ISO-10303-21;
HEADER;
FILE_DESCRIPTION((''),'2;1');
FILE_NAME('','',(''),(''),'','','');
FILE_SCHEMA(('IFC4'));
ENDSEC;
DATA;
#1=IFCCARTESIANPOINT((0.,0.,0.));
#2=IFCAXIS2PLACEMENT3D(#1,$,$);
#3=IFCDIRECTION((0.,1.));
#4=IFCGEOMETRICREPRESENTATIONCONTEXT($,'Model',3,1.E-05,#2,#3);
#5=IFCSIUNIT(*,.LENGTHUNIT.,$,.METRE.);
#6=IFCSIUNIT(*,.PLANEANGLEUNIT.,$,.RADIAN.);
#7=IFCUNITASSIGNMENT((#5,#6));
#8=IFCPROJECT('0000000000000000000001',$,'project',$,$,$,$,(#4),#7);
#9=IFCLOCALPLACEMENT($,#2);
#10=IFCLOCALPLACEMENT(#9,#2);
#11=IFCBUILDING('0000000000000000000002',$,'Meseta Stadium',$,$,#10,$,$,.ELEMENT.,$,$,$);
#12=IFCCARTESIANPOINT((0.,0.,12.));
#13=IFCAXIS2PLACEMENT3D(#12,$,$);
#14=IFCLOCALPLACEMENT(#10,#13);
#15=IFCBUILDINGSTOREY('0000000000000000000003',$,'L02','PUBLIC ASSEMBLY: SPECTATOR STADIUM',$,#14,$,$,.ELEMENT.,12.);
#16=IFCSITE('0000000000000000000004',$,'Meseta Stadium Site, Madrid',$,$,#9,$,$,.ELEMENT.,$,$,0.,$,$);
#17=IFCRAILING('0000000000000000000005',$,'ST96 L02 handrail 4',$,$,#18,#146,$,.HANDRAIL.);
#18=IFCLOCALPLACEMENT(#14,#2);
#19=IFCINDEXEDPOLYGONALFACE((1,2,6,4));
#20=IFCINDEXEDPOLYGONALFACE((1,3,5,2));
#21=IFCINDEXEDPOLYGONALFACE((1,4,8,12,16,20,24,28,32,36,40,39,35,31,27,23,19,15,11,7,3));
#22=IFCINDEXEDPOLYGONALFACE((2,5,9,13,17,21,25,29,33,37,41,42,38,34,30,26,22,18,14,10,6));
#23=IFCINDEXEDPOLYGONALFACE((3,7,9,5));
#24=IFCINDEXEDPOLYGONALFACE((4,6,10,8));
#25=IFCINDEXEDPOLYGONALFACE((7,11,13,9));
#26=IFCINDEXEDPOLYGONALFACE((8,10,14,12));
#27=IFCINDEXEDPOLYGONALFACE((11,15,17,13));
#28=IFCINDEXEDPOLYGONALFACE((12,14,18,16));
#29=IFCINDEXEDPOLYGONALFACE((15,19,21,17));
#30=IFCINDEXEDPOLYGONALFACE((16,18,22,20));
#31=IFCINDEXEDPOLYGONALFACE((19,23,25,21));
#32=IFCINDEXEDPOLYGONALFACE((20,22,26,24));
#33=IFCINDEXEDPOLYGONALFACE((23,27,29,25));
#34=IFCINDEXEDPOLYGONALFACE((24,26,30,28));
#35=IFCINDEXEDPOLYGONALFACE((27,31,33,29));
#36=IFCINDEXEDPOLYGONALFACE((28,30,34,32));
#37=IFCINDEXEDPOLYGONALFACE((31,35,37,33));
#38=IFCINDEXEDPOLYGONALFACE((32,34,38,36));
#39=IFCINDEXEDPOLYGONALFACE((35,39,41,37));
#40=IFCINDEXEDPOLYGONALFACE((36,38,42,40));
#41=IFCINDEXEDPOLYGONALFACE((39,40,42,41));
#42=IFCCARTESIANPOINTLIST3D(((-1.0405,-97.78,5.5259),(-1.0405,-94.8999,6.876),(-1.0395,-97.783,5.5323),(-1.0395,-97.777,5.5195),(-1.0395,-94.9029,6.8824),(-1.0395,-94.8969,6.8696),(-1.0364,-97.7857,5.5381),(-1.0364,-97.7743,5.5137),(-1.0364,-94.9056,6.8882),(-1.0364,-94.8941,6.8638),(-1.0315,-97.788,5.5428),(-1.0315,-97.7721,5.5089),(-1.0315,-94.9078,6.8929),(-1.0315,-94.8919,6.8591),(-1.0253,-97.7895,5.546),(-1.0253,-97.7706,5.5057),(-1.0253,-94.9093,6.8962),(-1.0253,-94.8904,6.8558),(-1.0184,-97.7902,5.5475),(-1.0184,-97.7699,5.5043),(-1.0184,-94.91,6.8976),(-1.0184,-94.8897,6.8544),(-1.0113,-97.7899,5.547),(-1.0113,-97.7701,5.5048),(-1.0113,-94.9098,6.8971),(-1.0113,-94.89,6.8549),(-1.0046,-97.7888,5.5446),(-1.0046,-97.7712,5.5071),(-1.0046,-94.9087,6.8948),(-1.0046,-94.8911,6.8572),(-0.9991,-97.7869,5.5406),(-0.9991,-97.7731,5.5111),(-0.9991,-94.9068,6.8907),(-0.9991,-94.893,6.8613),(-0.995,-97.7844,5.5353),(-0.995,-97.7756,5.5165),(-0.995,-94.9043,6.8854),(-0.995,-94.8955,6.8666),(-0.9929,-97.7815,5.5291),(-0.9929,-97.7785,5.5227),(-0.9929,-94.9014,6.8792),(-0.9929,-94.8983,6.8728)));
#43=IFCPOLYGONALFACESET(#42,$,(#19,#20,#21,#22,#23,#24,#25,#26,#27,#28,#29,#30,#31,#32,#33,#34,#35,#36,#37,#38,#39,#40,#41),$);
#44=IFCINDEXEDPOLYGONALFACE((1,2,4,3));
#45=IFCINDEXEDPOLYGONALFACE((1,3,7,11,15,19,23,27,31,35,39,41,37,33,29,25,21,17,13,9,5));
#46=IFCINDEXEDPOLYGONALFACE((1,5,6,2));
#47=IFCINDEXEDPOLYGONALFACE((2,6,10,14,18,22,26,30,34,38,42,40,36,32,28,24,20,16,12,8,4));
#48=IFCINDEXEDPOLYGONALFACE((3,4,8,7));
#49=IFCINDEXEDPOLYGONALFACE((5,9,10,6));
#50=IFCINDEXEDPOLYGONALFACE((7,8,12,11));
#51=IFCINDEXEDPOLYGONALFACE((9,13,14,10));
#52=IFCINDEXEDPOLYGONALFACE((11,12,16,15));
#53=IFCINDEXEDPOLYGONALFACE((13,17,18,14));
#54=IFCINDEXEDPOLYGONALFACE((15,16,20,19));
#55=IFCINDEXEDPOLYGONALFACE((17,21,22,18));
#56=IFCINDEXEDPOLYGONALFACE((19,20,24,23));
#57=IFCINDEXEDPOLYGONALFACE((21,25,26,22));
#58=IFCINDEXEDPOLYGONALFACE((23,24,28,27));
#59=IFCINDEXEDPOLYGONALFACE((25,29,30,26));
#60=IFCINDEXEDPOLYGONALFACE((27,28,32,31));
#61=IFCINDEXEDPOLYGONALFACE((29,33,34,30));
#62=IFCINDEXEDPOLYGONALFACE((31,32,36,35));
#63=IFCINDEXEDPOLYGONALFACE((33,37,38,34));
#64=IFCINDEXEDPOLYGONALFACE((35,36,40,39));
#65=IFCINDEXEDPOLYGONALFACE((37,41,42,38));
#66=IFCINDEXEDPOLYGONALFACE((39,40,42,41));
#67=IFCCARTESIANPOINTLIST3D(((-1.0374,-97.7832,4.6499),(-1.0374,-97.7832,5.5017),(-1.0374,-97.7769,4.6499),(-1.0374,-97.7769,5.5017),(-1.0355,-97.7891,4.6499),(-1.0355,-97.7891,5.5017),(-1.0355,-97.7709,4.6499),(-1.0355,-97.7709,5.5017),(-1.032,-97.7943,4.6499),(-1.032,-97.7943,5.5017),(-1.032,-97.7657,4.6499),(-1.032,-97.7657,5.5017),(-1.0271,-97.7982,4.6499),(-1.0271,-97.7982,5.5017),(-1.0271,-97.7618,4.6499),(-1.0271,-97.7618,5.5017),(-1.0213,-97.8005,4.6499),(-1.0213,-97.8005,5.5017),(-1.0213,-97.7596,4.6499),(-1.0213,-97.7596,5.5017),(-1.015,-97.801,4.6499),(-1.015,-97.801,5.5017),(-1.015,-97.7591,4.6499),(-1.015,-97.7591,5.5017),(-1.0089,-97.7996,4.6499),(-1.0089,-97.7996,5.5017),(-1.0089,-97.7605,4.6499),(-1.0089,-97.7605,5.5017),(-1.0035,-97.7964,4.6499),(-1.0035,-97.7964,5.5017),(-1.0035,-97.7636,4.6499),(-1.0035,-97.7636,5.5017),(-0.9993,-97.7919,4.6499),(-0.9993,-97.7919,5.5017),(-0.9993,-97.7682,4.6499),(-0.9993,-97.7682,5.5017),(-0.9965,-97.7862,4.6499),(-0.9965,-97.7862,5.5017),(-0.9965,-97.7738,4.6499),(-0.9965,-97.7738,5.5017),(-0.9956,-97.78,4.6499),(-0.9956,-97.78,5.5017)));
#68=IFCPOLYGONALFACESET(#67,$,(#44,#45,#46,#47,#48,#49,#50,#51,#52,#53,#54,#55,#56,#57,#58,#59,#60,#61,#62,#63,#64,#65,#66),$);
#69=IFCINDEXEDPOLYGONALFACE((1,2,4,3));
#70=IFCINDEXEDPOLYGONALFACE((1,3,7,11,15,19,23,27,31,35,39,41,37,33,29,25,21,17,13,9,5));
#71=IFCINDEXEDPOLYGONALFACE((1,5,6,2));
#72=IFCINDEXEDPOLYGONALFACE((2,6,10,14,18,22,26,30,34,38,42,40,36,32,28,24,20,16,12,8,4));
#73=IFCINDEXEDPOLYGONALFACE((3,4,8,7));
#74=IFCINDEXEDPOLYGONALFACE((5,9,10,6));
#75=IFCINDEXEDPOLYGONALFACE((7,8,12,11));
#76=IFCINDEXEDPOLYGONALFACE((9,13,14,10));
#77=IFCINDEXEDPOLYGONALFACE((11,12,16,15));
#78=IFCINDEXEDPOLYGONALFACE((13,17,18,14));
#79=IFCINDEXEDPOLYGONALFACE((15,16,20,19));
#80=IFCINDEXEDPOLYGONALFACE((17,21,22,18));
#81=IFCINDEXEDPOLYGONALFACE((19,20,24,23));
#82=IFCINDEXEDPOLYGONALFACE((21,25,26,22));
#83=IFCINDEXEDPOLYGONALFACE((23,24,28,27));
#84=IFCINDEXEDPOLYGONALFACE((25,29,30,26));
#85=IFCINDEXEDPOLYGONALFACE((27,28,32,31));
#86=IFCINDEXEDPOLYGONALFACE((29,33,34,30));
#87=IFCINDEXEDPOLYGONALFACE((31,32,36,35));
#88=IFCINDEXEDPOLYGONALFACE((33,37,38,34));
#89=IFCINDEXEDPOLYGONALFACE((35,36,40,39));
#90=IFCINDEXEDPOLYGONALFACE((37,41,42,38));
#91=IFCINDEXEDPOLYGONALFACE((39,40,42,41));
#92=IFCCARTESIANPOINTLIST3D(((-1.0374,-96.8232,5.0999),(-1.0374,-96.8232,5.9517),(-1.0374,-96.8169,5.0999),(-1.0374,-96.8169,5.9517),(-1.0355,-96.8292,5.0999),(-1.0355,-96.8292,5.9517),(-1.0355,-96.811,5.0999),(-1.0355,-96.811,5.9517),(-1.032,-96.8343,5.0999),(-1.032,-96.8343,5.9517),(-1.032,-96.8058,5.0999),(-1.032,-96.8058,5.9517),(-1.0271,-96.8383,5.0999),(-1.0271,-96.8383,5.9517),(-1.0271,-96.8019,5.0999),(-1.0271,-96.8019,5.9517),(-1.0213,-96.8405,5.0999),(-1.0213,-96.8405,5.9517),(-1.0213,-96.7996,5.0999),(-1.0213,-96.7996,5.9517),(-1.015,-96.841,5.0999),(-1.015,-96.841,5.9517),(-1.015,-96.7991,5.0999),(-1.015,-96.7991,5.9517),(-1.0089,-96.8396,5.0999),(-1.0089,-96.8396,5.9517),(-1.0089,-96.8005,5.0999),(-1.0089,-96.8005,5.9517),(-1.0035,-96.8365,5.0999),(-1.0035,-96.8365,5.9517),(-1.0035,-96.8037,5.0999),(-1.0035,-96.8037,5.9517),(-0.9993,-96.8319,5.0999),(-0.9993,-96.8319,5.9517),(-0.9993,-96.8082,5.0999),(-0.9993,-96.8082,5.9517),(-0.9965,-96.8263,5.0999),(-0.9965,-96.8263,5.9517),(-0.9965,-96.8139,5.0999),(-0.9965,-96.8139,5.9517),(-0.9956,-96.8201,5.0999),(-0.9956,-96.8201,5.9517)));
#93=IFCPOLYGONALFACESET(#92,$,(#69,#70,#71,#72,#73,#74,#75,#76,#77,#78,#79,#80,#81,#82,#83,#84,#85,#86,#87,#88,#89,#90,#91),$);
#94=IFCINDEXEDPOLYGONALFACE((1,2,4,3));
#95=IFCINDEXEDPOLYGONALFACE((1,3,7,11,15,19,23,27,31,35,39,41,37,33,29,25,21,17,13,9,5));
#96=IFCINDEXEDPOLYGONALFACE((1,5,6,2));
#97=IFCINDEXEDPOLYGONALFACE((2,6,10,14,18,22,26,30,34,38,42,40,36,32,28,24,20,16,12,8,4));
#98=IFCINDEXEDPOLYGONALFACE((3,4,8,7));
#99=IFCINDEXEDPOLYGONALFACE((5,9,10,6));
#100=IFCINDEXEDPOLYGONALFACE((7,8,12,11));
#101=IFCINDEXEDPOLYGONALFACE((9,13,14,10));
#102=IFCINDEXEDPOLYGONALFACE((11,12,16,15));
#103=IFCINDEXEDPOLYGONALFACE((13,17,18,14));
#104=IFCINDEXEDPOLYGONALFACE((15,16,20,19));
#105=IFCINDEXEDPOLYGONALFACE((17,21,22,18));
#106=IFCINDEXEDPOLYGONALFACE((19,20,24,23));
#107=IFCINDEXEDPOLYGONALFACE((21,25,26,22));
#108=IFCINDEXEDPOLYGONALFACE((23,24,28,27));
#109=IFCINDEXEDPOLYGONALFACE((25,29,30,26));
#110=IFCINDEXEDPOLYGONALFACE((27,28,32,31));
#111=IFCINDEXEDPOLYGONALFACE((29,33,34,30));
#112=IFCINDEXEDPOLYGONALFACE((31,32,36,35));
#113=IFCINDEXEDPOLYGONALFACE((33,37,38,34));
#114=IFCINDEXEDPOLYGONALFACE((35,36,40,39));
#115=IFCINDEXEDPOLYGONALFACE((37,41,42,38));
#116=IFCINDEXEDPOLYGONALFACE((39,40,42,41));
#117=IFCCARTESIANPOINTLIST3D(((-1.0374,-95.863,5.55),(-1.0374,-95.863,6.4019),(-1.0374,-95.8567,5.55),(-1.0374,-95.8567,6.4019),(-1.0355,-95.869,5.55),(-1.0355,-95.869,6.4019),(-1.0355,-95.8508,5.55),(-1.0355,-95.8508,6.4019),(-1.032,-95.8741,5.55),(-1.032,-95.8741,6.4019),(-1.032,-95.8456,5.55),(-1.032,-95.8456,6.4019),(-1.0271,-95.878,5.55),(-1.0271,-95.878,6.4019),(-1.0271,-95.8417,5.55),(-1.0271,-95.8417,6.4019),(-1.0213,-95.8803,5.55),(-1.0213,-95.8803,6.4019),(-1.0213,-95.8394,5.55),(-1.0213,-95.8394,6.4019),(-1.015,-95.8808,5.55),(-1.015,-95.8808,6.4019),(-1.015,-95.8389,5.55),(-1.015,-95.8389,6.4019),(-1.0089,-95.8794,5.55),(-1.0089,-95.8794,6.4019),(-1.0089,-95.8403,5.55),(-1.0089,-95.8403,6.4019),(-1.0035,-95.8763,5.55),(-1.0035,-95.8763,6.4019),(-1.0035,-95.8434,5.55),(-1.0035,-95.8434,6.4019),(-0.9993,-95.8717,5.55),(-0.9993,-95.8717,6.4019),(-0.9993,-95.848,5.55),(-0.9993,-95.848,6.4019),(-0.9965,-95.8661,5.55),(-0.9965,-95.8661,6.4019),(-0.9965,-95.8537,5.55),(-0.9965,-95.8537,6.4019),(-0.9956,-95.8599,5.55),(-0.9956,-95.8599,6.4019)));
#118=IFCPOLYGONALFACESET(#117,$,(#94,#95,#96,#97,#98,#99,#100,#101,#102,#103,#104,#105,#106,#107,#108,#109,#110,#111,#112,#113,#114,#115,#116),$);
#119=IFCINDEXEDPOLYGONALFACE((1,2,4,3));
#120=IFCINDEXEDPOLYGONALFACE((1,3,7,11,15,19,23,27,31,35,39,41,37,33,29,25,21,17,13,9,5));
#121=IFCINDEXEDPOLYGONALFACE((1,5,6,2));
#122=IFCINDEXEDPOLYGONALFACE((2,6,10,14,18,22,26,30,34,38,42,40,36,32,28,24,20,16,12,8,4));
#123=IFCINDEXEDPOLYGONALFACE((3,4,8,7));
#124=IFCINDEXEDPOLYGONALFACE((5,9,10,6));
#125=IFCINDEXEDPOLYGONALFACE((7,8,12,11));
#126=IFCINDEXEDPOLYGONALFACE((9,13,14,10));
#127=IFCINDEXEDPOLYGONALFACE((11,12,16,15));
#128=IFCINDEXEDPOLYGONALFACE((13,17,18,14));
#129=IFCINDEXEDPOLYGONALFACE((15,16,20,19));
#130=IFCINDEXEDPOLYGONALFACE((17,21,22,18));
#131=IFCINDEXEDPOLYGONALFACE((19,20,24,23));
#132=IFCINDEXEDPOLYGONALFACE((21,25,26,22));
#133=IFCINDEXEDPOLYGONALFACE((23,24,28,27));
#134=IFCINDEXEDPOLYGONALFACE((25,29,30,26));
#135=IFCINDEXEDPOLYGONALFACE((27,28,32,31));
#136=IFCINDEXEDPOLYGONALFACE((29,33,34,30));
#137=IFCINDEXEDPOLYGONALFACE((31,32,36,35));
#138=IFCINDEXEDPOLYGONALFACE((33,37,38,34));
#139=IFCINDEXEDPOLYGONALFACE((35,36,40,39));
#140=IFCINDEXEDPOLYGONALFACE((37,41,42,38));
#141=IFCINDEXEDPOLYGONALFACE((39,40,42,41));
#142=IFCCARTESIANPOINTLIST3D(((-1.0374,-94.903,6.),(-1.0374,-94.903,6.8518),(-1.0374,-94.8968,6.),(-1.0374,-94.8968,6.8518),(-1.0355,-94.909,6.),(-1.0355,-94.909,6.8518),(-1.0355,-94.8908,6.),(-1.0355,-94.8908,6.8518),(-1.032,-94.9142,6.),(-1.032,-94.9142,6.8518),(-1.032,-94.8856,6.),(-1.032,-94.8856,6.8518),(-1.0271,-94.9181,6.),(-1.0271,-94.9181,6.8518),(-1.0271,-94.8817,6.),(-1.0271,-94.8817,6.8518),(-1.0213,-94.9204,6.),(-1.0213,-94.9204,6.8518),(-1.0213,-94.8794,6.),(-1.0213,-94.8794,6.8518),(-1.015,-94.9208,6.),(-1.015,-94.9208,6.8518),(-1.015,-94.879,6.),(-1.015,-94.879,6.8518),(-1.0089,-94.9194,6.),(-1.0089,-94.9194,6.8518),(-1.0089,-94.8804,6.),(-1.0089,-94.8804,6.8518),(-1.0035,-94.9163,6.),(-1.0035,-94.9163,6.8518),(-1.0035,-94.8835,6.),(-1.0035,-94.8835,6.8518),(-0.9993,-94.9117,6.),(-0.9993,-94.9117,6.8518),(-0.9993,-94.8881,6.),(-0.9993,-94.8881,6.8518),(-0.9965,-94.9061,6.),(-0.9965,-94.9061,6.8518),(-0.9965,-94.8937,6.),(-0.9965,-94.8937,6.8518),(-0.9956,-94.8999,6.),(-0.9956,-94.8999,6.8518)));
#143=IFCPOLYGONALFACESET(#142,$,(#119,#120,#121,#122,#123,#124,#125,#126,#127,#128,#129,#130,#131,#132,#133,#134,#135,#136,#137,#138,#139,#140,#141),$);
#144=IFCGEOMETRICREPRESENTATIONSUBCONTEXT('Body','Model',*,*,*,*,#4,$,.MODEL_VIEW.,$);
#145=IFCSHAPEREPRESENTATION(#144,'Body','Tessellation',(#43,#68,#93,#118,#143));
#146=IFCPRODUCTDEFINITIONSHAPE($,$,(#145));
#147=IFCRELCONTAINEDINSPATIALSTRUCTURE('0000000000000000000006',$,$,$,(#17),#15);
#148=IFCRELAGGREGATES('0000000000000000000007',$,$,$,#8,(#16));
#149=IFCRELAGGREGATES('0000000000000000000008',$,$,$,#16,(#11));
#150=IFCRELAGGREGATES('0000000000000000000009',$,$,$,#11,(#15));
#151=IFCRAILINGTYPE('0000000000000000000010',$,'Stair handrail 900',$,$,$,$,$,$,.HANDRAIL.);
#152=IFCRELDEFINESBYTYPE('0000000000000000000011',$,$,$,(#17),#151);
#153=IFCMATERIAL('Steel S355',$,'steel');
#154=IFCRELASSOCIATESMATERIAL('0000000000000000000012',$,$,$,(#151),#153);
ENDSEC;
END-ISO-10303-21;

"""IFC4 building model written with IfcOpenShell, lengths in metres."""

from ifc_helpers import new_model, si_unit, direction, frame, origin, origin_2d, place, context, subcontext, project, spatial, circle, extrude, material, type_object, element, save


model = new_model("IFC4")

# Units and contexts
model_context = context("Model", 3, precision=1e-05, world=origin(), true_north=direction((0.0, 1.0)))
body_context = subcontext(model_context, "Body", "Model", "MODEL_VIEW")
ifc_project = project(units=[si_unit("LENGTHUNIT", "METRE"), si_unit("PLANEANGLEUNIT", "RADIAN")], contexts=[model_context])

# Site, building, storey
site_placement = place(None, origin())
site = spatial("IfcSite", under=ifc_project, at=site_placement, Name="Meseta Stadium Site, Madrid", CompositionType="ELEMENT", RefElevation=0.0)
building_placement = place(site_placement, origin())
building = spatial("IfcBuilding", under=site, at=building_placement, Name="Meseta Stadium", CompositionType="ELEMENT")
storey_placement = place(building_placement, frame((0.0, 0.0, 12.0)))
storey = spatial("IfcBuildingStorey", under=building, at=storey_placement, Name="L02", Description="PUBLIC ASSEMBLY: SPECTATOR STADIUM", CompositionType="ELEMENT", Elevation=12.0)

# Railing
ifc_material_1 = material(Name="Steel S355", Category="steel")
railing_type_1 = type_object("IfcRailingType", Name="Stair handrail 900", PredefinedType="HANDRAIL", material=ifc_material_1)
railing_1_placement = place(storey_placement, frame((-1.0166, -97.78, 4.6499)))
element("IfcRailing", 1, at=railing_1_placement, inside=storey, type_object=railing_type_1, Name="ST96 L02 handrail 4", PredefinedType="HANDRAIL", context=body_context, shape_type="SweptSolid", body=[
    extrude(circle(Radius=0.0239, at=origin_2d()), frame((0.0, 0.0, 0.876), z_axis=(0.0, 0.905454, 0.424444), x_axis=(-1.0, 0.0, 0.0)), (0.0, 0.0, 1.0), 3.1809),
    extrude(circle(Radius=0.021, at=origin_2d()), origin(), (0.0, 0.0, 1.0), 0.8518),
    extrude(circle(Radius=0.021, at=origin_2d()), frame((0.0, 0.96, 0.45)), (0.0, 0.0, 1.0), 0.8518),
    extrude(circle(Radius=0.021, at=origin_2d()), frame((0.0, 1.9202, 0.9001)), (0.0, 0.0, 1.0), 0.8518),
    extrude(circle(Radius=0.021, at=origin_2d()), frame((0.0, 2.8801, 1.3501)), (0.0, 0.0, 1.0), 0.8518),
])

save(model, "model.ifc")
